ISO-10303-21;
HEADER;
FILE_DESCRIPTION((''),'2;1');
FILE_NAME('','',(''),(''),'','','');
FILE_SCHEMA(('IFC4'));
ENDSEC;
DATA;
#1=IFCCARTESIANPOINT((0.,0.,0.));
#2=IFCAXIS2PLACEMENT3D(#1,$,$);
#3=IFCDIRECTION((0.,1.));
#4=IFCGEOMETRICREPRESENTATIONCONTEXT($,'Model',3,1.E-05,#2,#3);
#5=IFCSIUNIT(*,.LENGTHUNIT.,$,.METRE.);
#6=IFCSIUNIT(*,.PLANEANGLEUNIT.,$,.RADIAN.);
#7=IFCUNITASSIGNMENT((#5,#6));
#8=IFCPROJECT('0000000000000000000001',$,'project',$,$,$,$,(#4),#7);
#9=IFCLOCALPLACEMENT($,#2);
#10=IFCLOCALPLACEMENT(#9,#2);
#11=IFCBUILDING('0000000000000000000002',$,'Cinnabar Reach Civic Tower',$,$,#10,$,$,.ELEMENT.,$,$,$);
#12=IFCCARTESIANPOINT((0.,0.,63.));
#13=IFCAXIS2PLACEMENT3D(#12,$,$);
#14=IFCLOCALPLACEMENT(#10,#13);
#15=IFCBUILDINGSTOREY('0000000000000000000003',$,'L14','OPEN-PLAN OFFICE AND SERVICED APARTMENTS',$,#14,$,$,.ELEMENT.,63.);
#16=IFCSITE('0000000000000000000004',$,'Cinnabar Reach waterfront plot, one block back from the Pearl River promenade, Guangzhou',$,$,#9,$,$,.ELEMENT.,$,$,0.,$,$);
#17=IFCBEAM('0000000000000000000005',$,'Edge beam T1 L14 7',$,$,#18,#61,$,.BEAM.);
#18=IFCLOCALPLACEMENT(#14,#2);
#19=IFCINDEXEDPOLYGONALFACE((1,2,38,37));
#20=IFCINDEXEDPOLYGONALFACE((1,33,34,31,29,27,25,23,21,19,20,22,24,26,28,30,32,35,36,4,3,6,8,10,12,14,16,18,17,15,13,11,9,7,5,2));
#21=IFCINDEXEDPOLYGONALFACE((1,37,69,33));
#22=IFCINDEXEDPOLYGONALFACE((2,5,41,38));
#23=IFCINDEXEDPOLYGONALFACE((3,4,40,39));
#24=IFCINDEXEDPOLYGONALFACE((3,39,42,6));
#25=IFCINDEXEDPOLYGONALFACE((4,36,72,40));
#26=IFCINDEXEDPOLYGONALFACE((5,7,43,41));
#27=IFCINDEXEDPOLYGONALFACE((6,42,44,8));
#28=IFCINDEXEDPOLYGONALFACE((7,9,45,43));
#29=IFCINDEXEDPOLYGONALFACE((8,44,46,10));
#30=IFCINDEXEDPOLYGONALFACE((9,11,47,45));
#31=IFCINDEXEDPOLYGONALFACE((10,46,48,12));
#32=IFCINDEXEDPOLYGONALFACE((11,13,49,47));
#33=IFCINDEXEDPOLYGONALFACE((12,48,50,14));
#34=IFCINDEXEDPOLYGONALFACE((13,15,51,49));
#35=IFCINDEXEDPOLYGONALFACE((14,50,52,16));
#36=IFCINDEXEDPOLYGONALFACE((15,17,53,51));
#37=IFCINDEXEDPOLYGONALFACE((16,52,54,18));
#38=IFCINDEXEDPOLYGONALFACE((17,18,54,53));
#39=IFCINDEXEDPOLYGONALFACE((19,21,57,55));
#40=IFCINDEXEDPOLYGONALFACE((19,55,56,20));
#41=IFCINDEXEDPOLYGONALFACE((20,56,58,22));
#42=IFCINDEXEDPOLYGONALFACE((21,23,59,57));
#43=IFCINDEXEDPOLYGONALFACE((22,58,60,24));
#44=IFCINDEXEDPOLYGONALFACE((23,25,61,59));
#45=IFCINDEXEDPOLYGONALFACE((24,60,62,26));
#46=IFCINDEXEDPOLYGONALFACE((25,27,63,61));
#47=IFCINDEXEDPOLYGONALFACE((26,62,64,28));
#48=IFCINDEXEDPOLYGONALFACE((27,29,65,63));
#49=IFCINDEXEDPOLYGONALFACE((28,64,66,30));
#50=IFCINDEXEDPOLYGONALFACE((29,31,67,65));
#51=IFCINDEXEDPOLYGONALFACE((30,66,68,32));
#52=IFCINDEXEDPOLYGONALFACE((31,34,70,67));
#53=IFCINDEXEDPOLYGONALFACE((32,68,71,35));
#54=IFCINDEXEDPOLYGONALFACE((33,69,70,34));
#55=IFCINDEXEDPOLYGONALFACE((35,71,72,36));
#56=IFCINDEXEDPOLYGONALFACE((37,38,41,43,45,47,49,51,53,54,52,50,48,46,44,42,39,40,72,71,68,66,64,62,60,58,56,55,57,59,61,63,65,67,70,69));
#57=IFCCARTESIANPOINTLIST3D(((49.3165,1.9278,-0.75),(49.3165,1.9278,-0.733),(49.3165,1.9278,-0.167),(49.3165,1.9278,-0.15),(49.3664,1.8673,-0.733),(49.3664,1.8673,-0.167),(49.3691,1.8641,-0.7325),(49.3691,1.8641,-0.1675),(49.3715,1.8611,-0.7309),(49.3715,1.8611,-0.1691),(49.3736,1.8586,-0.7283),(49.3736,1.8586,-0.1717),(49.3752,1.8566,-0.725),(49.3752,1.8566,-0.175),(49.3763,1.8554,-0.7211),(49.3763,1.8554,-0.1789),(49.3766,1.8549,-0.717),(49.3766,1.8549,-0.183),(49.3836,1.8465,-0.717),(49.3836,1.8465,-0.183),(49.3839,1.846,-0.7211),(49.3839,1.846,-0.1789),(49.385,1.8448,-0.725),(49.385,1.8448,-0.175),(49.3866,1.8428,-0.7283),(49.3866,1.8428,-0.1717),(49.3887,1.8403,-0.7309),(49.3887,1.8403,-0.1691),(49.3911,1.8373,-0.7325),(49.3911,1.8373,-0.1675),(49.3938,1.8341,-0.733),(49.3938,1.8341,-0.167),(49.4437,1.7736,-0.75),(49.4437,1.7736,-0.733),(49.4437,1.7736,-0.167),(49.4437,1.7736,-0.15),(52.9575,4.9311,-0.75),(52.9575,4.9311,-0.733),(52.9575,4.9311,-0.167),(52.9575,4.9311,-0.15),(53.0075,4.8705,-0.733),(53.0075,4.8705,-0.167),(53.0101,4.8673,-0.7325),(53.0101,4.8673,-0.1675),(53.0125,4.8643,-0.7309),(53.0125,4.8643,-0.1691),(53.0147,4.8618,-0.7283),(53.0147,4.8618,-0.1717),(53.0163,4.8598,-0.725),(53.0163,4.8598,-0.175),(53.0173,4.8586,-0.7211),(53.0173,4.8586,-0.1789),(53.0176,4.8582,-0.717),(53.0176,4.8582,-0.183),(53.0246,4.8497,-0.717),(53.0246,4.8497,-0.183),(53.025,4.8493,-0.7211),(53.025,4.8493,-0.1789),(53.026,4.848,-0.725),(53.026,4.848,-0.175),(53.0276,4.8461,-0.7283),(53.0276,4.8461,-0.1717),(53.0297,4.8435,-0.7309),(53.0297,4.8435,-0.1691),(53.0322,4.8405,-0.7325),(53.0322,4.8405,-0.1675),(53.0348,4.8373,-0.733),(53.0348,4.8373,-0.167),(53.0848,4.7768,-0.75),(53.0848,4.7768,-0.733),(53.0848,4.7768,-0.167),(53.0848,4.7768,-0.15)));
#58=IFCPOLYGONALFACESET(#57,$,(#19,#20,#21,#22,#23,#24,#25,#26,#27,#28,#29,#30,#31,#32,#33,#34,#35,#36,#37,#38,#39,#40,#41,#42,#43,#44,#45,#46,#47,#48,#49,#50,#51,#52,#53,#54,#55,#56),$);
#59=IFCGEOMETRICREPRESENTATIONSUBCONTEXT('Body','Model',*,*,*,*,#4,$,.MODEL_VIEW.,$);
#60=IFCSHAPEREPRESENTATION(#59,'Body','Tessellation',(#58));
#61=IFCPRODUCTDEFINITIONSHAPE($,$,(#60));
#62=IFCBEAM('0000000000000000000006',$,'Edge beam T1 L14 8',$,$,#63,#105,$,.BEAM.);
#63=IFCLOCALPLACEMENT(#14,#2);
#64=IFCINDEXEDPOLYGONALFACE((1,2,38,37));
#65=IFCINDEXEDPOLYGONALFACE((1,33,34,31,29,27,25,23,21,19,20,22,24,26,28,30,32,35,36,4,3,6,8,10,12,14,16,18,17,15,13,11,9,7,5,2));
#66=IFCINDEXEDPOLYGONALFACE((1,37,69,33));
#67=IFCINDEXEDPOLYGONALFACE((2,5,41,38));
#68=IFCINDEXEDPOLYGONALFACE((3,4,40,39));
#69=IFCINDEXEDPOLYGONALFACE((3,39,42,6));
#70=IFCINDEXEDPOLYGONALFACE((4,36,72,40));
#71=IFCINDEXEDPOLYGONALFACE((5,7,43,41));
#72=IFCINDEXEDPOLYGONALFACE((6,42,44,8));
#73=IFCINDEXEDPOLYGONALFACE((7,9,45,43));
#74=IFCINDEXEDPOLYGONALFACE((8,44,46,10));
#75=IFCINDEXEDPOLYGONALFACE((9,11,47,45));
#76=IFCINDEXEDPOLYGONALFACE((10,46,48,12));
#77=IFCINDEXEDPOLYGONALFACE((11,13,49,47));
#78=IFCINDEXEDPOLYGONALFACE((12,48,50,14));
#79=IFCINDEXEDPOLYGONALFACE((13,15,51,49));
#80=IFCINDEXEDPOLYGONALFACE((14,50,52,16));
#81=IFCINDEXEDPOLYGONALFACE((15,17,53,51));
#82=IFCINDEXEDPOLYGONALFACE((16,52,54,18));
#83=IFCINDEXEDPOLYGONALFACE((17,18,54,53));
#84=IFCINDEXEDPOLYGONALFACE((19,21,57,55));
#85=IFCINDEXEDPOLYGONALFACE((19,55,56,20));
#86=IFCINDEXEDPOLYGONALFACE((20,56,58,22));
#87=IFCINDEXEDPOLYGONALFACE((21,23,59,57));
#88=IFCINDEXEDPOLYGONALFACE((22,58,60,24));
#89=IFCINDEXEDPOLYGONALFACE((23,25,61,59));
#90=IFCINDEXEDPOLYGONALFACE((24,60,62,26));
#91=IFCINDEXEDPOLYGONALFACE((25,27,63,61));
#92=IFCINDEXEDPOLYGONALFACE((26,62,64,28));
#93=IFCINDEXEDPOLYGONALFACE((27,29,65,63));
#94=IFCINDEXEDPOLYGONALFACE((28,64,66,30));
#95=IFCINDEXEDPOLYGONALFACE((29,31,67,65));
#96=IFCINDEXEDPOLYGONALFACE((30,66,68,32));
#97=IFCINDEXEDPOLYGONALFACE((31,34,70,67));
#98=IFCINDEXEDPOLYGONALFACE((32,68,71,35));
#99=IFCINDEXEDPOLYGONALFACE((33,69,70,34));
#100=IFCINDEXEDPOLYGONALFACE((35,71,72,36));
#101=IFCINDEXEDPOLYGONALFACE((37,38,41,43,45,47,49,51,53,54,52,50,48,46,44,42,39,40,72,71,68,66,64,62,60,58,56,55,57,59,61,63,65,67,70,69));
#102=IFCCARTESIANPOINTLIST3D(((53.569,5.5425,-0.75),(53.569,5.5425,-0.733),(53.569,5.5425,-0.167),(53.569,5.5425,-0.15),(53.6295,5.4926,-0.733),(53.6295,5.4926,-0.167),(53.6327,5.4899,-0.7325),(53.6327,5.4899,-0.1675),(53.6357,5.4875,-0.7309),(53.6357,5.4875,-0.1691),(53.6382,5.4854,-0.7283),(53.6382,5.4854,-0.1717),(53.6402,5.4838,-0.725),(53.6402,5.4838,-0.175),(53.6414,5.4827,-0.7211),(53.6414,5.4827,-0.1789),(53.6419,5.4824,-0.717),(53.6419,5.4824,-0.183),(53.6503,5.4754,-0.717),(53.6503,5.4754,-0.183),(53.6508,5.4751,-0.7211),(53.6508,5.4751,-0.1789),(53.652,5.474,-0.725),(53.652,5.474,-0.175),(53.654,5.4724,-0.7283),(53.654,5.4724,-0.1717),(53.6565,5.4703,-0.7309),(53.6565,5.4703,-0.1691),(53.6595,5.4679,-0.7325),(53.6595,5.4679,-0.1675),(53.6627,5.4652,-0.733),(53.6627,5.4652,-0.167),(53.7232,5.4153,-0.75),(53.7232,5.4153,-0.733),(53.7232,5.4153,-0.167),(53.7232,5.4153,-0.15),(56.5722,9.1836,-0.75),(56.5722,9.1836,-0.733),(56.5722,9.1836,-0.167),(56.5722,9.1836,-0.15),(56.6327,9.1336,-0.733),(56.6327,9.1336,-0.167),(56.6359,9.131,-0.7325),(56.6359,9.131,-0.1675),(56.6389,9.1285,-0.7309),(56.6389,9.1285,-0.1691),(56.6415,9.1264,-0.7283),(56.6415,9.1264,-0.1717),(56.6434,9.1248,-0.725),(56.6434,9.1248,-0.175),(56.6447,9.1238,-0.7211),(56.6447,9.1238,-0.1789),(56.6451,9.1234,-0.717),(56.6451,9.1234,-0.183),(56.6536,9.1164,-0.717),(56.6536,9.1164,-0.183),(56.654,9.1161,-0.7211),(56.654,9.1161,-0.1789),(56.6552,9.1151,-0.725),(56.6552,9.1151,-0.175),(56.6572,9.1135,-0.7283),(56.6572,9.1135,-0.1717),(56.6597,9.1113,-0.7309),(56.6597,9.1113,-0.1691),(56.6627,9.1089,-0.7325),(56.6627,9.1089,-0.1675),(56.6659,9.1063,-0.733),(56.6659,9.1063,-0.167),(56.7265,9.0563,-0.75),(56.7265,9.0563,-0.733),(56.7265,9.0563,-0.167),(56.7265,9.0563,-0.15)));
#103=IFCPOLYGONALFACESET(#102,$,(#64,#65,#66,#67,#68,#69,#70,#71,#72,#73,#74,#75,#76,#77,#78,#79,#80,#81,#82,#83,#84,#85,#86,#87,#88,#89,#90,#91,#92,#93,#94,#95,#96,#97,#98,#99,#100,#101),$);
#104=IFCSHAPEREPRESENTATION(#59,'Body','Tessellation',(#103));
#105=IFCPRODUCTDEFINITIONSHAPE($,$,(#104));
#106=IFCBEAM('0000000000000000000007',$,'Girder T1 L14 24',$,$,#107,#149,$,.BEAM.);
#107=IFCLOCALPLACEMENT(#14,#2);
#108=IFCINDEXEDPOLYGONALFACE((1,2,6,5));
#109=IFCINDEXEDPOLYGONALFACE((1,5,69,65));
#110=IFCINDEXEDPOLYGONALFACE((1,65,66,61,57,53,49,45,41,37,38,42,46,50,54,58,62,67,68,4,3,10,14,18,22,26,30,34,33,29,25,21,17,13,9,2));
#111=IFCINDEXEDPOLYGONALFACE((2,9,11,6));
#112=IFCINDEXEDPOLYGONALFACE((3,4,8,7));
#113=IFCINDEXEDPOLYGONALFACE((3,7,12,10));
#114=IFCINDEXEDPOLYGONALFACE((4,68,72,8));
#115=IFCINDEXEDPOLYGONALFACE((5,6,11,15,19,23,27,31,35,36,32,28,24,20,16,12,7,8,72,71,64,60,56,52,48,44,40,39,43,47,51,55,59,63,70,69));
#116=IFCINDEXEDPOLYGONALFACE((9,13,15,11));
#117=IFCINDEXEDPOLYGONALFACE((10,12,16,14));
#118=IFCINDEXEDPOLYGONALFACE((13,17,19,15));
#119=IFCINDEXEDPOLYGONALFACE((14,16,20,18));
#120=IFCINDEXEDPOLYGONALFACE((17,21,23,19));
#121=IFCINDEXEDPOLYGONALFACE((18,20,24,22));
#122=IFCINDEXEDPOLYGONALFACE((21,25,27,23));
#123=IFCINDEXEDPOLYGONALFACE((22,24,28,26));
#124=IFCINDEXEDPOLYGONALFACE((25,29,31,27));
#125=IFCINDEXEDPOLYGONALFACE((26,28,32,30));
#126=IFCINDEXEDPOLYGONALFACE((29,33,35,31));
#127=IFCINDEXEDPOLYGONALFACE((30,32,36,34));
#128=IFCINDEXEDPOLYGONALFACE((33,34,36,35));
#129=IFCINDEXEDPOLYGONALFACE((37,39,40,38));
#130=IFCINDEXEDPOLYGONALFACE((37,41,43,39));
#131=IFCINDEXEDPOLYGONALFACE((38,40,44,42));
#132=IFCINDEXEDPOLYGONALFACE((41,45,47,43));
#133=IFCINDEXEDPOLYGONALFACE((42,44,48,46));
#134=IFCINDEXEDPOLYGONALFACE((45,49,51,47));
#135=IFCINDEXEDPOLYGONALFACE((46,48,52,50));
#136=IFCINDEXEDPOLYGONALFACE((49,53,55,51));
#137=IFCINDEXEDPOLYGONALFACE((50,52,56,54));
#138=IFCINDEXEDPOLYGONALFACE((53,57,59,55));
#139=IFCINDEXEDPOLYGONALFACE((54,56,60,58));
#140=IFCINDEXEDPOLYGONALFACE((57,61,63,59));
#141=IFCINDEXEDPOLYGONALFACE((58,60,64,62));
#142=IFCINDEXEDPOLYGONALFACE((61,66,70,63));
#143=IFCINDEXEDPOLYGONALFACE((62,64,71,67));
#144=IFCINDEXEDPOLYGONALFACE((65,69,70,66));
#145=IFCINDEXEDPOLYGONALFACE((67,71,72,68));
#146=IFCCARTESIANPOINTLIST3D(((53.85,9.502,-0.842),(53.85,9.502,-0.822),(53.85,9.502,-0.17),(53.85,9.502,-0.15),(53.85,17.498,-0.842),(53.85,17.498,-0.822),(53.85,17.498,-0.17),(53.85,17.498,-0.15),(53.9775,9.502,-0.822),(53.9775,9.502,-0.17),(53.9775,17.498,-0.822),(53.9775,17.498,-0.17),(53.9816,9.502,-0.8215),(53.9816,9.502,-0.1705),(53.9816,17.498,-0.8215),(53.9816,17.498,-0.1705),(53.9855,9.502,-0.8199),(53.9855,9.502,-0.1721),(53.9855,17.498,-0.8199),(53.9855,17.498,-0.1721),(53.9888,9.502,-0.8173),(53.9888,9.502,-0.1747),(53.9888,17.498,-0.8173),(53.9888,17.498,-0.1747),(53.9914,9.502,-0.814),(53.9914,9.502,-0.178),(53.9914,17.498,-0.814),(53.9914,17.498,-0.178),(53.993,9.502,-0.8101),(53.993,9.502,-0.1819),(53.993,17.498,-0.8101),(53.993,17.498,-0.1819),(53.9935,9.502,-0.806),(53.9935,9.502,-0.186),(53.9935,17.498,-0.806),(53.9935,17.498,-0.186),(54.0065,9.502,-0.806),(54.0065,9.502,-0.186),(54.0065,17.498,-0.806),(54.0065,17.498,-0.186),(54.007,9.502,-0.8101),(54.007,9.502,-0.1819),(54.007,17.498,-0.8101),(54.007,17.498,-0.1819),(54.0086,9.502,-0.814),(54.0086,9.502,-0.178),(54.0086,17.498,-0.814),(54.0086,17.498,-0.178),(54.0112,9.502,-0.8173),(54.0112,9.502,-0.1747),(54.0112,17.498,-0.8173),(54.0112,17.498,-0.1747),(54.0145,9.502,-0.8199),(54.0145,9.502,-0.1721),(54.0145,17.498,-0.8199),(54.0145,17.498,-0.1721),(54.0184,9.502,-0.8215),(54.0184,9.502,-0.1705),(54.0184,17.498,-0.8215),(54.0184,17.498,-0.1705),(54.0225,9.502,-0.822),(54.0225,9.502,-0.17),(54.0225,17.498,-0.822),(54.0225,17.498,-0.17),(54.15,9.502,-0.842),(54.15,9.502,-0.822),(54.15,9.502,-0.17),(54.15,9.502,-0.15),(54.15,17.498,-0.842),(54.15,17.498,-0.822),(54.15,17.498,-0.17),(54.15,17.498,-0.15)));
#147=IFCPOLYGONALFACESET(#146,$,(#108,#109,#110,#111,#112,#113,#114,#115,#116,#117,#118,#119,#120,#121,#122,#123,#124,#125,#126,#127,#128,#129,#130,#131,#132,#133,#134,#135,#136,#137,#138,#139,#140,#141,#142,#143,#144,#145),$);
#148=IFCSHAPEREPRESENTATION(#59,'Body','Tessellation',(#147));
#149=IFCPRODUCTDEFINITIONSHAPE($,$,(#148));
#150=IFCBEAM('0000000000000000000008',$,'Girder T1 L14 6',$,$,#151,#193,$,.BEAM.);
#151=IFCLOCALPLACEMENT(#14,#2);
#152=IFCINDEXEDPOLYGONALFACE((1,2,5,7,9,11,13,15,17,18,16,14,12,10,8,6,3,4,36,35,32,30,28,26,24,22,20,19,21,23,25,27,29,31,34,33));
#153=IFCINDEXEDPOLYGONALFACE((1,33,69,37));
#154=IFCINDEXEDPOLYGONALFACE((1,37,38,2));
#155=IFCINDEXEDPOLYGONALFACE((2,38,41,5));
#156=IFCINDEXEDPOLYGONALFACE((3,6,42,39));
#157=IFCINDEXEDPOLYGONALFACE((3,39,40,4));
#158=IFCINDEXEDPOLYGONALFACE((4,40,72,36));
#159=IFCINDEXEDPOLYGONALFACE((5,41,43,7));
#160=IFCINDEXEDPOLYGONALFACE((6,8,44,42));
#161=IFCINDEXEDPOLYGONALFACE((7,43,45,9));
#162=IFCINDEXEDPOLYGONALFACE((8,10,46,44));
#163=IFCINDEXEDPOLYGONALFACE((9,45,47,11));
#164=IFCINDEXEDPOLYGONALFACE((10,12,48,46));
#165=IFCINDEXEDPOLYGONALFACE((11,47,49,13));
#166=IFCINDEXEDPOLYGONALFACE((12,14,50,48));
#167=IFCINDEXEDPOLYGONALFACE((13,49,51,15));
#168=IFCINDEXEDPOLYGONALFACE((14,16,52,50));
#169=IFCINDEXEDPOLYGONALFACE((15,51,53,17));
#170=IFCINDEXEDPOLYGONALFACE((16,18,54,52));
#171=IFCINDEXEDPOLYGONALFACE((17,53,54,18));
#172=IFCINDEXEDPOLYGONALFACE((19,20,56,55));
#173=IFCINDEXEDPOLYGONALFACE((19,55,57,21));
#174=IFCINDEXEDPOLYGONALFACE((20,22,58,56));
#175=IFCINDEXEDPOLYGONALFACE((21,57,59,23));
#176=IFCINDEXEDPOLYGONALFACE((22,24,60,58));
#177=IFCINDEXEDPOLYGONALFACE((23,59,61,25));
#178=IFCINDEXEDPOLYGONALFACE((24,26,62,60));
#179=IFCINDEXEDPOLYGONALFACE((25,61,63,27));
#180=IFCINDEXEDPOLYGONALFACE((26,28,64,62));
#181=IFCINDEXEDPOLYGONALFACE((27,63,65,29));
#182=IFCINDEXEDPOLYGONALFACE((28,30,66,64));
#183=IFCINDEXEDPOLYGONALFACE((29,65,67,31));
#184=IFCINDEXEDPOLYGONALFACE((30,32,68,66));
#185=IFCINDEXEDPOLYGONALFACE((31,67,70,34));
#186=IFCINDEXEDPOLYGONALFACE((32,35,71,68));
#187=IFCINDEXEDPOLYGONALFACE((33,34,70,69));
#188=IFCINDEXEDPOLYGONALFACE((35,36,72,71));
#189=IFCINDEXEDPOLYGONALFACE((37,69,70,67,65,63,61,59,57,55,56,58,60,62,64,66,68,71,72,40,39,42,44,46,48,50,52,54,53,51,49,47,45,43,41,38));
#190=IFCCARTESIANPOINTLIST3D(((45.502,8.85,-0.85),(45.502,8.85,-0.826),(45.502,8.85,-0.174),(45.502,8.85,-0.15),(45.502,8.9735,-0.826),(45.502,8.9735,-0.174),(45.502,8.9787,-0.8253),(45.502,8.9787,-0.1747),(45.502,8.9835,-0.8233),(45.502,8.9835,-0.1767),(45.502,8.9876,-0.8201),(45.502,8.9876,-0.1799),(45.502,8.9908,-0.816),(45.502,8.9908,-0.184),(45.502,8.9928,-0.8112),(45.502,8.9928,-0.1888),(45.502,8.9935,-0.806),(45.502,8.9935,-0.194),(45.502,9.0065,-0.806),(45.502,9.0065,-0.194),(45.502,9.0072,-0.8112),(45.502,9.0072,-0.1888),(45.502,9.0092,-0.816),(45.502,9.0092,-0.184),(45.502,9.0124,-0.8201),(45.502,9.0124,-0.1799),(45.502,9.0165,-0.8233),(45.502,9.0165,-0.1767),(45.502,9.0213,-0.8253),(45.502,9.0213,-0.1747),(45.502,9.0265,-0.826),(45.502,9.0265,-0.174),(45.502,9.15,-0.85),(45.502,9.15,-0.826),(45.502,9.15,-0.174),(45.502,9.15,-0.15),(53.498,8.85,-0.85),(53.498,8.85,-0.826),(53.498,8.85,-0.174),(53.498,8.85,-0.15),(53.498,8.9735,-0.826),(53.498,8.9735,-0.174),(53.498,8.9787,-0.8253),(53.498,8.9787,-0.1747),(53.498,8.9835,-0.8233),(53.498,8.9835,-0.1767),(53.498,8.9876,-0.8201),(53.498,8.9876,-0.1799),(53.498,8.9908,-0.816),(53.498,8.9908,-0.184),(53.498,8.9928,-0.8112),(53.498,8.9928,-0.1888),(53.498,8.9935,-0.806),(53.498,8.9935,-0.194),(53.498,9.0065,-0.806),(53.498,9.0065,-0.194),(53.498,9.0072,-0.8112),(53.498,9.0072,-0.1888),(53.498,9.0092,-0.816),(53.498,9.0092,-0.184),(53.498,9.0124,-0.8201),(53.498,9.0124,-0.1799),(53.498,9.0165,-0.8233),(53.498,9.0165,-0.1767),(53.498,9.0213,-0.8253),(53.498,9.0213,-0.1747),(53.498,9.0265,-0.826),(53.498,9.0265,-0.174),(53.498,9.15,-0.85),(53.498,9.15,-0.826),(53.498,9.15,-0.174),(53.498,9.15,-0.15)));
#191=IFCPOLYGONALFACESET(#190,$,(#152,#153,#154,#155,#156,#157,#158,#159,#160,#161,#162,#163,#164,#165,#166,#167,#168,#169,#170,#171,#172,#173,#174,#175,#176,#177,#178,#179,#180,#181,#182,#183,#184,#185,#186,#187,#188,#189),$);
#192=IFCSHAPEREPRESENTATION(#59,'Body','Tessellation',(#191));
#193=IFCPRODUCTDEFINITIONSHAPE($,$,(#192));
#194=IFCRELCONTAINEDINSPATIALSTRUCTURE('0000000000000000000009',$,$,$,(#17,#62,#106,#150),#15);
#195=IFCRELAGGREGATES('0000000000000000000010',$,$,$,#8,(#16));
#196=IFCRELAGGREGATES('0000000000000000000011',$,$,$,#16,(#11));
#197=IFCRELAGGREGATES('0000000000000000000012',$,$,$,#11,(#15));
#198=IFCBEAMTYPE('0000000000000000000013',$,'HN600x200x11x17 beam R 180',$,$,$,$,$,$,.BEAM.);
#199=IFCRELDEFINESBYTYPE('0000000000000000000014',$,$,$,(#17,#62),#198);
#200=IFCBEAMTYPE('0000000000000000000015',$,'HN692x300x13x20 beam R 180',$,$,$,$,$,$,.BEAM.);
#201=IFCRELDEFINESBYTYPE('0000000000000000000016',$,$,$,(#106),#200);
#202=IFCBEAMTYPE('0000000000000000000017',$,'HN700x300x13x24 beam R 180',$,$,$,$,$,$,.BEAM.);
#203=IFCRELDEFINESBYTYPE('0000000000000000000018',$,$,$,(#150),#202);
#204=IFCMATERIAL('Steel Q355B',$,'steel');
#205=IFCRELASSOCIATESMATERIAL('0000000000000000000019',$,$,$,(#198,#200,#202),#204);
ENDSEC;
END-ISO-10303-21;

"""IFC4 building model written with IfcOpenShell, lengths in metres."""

from ifc_helpers import new_model, si_unit, direction, frame, origin, origin_2d, place, context, subcontext, project, spatial, i_section, extrude, material, material_profile, profile_set, type_object, element, save


model = new_model("IFC4")

# Units and contexts
model_context = context("Model", 3, precision=1e-05, world=origin(), true_north=direction((0.0, 1.0)))
body_context = subcontext(model_context, "Body", "Model", "MODEL_VIEW")
ifc_project = project(units=[si_unit("LENGTHUNIT", "METRE"), si_unit("PLANEANGLEUNIT", "RADIAN")], contexts=[model_context])

# Site, building, storey
site_placement = place(None, origin())
site = spatial("IfcSite", under=ifc_project, at=site_placement, Name="Cinnabar Reach waterfront plot, one block back from the Pearl River promenade, Guangzhou", CompositionType="ELEMENT", RefElevation=0.0)
building_placement = place(site_placement, origin())
building = spatial("IfcBuilding", under=site, at=building_placement, Name="Cinnabar Reach Civic Tower", CompositionType="ELEMENT")
storey_placement = place(building_placement, frame((0.0, 0.0, 63.0)))
storey = spatial("IfcBuildingStorey", under=building, at=storey_placement, Name="L14", Description="OPEN-PLAN OFFICE AND SERVICED APARTMENTS", CompositionType="ELEMENT", Elevation=63.0)

# Beams
ifc_material_1 = material(Name="Steel Q355B", Category="steel")
ifc_material_profile_1 = material_profile(ifc_material_1, i_section(OverallWidth=0.2, OverallDepth=0.6, WebThickness=0.011, FlangeThickness=0.017, FilletRadius=0.016, at=origin_2d()), Name="HN600x200x11x17")
ifc_profile_set_1 = profile_set([ifc_material_profile_1], Name="Steel Q355B")
beam_type_1 = type_object("IfcBeamType", Name="HN600x200x11x17 beam R 180", PredefinedType="BEAM", material=ifc_profile_set_1)
for number, where, z_axis, x_axis, name in (
    (1, (49.3801, 1.8507, -0.45), (0.771438, 0.636304, 0.0), (-0.636304, 0.771438, 0.0), "Edge beam T1 L14 7"),
    (2, (53.6461, 5.4789, -0.45), (0.636304, 0.771438, 0.0), (-0.771438, 0.636304, 0.0), "Edge beam T1 L14 8"),
):
    element("IfcBeam", number, at=place(storey_placement, frame(where, z_axis=z_axis, x_axis=x_axis)), inside=storey, type_object=beam_type_1, Name=name, PredefinedType="BEAM", context=body_context, shape_type="SweptSolid", body=[
        extrude(i_section(OverallWidth=0.2, OverallDepth=0.6, WebThickness=0.011, FlangeThickness=0.017, FilletRadius=0.016, at=origin_2d()), origin(), (0.0, 0.0, 1.0), 4.7198),
    ])
ifc_material_profile_2 = material_profile(ifc_material_1, i_section(OverallWidth=0.3, OverallDepth=0.692, WebThickness=0.013, FlangeThickness=0.02, FilletRadius=0.016, at=origin_2d()), Name="HN692x300x13x20")
ifc_profile_set_2 = profile_set([ifc_material_profile_2], Name="Steel Q355B")
beam_type_2 = type_object("IfcBeamType", Name="HN692x300x13x20 beam R 180", PredefinedType="BEAM", material=ifc_profile_set_2)
beam_1_placement = place(storey_placement, frame((54.0, 9.502, -0.496), z_axis=(0.0, 1.0, 0.0), x_axis=(-1.0, 0.0, 0.0)))
element("IfcBeam", 3, at=beam_1_placement, inside=storey, type_object=beam_type_2, Name="Girder T1 L14 24", PredefinedType="BEAM", context=body_context, shape_type="SweptSolid", body=[
    extrude(i_section(OverallWidth=0.3, OverallDepth=0.692, WebThickness=0.013, FlangeThickness=0.02, FilletRadius=0.016, at=origin_2d()), origin(), (0.0, 0.0, 1.0), 7.996),
])
ifc_material_profile_3 = material_profile(ifc_material_1, i_section(OverallWidth=0.3, OverallDepth=0.7, WebThickness=0.013, FlangeThickness=0.024, FilletRadius=0.02, at=origin_2d()), Name="HN700x300x13x24")
ifc_profile_set_3 = profile_set([ifc_material_profile_3], Name="Steel Q355B")
beam_type_3 = type_object("IfcBeamType", Name="HN700x300x13x24 beam R 180", PredefinedType="BEAM", material=ifc_profile_set_3)
beam_2_placement = place(storey_placement, frame((45.502, 9.0, -0.5), z_axis=(1.0, 0.0, 0.0), x_axis=(0.0, 1.0, 0.0)))
element("IfcBeam", 4, at=beam_2_placement, inside=storey, type_object=beam_type_3, Name="Girder T1 L14 6", PredefinedType="BEAM", context=body_context, shape_type="SweptSolid", body=[
    extrude(i_section(OverallWidth=0.3, OverallDepth=0.7, WebThickness=0.013, FlangeThickness=0.024, FilletRadius=0.02, at=origin_2d()), origin(), (0.0, 0.0, 1.0), 7.996),
])

save(model, "model.ifc")
